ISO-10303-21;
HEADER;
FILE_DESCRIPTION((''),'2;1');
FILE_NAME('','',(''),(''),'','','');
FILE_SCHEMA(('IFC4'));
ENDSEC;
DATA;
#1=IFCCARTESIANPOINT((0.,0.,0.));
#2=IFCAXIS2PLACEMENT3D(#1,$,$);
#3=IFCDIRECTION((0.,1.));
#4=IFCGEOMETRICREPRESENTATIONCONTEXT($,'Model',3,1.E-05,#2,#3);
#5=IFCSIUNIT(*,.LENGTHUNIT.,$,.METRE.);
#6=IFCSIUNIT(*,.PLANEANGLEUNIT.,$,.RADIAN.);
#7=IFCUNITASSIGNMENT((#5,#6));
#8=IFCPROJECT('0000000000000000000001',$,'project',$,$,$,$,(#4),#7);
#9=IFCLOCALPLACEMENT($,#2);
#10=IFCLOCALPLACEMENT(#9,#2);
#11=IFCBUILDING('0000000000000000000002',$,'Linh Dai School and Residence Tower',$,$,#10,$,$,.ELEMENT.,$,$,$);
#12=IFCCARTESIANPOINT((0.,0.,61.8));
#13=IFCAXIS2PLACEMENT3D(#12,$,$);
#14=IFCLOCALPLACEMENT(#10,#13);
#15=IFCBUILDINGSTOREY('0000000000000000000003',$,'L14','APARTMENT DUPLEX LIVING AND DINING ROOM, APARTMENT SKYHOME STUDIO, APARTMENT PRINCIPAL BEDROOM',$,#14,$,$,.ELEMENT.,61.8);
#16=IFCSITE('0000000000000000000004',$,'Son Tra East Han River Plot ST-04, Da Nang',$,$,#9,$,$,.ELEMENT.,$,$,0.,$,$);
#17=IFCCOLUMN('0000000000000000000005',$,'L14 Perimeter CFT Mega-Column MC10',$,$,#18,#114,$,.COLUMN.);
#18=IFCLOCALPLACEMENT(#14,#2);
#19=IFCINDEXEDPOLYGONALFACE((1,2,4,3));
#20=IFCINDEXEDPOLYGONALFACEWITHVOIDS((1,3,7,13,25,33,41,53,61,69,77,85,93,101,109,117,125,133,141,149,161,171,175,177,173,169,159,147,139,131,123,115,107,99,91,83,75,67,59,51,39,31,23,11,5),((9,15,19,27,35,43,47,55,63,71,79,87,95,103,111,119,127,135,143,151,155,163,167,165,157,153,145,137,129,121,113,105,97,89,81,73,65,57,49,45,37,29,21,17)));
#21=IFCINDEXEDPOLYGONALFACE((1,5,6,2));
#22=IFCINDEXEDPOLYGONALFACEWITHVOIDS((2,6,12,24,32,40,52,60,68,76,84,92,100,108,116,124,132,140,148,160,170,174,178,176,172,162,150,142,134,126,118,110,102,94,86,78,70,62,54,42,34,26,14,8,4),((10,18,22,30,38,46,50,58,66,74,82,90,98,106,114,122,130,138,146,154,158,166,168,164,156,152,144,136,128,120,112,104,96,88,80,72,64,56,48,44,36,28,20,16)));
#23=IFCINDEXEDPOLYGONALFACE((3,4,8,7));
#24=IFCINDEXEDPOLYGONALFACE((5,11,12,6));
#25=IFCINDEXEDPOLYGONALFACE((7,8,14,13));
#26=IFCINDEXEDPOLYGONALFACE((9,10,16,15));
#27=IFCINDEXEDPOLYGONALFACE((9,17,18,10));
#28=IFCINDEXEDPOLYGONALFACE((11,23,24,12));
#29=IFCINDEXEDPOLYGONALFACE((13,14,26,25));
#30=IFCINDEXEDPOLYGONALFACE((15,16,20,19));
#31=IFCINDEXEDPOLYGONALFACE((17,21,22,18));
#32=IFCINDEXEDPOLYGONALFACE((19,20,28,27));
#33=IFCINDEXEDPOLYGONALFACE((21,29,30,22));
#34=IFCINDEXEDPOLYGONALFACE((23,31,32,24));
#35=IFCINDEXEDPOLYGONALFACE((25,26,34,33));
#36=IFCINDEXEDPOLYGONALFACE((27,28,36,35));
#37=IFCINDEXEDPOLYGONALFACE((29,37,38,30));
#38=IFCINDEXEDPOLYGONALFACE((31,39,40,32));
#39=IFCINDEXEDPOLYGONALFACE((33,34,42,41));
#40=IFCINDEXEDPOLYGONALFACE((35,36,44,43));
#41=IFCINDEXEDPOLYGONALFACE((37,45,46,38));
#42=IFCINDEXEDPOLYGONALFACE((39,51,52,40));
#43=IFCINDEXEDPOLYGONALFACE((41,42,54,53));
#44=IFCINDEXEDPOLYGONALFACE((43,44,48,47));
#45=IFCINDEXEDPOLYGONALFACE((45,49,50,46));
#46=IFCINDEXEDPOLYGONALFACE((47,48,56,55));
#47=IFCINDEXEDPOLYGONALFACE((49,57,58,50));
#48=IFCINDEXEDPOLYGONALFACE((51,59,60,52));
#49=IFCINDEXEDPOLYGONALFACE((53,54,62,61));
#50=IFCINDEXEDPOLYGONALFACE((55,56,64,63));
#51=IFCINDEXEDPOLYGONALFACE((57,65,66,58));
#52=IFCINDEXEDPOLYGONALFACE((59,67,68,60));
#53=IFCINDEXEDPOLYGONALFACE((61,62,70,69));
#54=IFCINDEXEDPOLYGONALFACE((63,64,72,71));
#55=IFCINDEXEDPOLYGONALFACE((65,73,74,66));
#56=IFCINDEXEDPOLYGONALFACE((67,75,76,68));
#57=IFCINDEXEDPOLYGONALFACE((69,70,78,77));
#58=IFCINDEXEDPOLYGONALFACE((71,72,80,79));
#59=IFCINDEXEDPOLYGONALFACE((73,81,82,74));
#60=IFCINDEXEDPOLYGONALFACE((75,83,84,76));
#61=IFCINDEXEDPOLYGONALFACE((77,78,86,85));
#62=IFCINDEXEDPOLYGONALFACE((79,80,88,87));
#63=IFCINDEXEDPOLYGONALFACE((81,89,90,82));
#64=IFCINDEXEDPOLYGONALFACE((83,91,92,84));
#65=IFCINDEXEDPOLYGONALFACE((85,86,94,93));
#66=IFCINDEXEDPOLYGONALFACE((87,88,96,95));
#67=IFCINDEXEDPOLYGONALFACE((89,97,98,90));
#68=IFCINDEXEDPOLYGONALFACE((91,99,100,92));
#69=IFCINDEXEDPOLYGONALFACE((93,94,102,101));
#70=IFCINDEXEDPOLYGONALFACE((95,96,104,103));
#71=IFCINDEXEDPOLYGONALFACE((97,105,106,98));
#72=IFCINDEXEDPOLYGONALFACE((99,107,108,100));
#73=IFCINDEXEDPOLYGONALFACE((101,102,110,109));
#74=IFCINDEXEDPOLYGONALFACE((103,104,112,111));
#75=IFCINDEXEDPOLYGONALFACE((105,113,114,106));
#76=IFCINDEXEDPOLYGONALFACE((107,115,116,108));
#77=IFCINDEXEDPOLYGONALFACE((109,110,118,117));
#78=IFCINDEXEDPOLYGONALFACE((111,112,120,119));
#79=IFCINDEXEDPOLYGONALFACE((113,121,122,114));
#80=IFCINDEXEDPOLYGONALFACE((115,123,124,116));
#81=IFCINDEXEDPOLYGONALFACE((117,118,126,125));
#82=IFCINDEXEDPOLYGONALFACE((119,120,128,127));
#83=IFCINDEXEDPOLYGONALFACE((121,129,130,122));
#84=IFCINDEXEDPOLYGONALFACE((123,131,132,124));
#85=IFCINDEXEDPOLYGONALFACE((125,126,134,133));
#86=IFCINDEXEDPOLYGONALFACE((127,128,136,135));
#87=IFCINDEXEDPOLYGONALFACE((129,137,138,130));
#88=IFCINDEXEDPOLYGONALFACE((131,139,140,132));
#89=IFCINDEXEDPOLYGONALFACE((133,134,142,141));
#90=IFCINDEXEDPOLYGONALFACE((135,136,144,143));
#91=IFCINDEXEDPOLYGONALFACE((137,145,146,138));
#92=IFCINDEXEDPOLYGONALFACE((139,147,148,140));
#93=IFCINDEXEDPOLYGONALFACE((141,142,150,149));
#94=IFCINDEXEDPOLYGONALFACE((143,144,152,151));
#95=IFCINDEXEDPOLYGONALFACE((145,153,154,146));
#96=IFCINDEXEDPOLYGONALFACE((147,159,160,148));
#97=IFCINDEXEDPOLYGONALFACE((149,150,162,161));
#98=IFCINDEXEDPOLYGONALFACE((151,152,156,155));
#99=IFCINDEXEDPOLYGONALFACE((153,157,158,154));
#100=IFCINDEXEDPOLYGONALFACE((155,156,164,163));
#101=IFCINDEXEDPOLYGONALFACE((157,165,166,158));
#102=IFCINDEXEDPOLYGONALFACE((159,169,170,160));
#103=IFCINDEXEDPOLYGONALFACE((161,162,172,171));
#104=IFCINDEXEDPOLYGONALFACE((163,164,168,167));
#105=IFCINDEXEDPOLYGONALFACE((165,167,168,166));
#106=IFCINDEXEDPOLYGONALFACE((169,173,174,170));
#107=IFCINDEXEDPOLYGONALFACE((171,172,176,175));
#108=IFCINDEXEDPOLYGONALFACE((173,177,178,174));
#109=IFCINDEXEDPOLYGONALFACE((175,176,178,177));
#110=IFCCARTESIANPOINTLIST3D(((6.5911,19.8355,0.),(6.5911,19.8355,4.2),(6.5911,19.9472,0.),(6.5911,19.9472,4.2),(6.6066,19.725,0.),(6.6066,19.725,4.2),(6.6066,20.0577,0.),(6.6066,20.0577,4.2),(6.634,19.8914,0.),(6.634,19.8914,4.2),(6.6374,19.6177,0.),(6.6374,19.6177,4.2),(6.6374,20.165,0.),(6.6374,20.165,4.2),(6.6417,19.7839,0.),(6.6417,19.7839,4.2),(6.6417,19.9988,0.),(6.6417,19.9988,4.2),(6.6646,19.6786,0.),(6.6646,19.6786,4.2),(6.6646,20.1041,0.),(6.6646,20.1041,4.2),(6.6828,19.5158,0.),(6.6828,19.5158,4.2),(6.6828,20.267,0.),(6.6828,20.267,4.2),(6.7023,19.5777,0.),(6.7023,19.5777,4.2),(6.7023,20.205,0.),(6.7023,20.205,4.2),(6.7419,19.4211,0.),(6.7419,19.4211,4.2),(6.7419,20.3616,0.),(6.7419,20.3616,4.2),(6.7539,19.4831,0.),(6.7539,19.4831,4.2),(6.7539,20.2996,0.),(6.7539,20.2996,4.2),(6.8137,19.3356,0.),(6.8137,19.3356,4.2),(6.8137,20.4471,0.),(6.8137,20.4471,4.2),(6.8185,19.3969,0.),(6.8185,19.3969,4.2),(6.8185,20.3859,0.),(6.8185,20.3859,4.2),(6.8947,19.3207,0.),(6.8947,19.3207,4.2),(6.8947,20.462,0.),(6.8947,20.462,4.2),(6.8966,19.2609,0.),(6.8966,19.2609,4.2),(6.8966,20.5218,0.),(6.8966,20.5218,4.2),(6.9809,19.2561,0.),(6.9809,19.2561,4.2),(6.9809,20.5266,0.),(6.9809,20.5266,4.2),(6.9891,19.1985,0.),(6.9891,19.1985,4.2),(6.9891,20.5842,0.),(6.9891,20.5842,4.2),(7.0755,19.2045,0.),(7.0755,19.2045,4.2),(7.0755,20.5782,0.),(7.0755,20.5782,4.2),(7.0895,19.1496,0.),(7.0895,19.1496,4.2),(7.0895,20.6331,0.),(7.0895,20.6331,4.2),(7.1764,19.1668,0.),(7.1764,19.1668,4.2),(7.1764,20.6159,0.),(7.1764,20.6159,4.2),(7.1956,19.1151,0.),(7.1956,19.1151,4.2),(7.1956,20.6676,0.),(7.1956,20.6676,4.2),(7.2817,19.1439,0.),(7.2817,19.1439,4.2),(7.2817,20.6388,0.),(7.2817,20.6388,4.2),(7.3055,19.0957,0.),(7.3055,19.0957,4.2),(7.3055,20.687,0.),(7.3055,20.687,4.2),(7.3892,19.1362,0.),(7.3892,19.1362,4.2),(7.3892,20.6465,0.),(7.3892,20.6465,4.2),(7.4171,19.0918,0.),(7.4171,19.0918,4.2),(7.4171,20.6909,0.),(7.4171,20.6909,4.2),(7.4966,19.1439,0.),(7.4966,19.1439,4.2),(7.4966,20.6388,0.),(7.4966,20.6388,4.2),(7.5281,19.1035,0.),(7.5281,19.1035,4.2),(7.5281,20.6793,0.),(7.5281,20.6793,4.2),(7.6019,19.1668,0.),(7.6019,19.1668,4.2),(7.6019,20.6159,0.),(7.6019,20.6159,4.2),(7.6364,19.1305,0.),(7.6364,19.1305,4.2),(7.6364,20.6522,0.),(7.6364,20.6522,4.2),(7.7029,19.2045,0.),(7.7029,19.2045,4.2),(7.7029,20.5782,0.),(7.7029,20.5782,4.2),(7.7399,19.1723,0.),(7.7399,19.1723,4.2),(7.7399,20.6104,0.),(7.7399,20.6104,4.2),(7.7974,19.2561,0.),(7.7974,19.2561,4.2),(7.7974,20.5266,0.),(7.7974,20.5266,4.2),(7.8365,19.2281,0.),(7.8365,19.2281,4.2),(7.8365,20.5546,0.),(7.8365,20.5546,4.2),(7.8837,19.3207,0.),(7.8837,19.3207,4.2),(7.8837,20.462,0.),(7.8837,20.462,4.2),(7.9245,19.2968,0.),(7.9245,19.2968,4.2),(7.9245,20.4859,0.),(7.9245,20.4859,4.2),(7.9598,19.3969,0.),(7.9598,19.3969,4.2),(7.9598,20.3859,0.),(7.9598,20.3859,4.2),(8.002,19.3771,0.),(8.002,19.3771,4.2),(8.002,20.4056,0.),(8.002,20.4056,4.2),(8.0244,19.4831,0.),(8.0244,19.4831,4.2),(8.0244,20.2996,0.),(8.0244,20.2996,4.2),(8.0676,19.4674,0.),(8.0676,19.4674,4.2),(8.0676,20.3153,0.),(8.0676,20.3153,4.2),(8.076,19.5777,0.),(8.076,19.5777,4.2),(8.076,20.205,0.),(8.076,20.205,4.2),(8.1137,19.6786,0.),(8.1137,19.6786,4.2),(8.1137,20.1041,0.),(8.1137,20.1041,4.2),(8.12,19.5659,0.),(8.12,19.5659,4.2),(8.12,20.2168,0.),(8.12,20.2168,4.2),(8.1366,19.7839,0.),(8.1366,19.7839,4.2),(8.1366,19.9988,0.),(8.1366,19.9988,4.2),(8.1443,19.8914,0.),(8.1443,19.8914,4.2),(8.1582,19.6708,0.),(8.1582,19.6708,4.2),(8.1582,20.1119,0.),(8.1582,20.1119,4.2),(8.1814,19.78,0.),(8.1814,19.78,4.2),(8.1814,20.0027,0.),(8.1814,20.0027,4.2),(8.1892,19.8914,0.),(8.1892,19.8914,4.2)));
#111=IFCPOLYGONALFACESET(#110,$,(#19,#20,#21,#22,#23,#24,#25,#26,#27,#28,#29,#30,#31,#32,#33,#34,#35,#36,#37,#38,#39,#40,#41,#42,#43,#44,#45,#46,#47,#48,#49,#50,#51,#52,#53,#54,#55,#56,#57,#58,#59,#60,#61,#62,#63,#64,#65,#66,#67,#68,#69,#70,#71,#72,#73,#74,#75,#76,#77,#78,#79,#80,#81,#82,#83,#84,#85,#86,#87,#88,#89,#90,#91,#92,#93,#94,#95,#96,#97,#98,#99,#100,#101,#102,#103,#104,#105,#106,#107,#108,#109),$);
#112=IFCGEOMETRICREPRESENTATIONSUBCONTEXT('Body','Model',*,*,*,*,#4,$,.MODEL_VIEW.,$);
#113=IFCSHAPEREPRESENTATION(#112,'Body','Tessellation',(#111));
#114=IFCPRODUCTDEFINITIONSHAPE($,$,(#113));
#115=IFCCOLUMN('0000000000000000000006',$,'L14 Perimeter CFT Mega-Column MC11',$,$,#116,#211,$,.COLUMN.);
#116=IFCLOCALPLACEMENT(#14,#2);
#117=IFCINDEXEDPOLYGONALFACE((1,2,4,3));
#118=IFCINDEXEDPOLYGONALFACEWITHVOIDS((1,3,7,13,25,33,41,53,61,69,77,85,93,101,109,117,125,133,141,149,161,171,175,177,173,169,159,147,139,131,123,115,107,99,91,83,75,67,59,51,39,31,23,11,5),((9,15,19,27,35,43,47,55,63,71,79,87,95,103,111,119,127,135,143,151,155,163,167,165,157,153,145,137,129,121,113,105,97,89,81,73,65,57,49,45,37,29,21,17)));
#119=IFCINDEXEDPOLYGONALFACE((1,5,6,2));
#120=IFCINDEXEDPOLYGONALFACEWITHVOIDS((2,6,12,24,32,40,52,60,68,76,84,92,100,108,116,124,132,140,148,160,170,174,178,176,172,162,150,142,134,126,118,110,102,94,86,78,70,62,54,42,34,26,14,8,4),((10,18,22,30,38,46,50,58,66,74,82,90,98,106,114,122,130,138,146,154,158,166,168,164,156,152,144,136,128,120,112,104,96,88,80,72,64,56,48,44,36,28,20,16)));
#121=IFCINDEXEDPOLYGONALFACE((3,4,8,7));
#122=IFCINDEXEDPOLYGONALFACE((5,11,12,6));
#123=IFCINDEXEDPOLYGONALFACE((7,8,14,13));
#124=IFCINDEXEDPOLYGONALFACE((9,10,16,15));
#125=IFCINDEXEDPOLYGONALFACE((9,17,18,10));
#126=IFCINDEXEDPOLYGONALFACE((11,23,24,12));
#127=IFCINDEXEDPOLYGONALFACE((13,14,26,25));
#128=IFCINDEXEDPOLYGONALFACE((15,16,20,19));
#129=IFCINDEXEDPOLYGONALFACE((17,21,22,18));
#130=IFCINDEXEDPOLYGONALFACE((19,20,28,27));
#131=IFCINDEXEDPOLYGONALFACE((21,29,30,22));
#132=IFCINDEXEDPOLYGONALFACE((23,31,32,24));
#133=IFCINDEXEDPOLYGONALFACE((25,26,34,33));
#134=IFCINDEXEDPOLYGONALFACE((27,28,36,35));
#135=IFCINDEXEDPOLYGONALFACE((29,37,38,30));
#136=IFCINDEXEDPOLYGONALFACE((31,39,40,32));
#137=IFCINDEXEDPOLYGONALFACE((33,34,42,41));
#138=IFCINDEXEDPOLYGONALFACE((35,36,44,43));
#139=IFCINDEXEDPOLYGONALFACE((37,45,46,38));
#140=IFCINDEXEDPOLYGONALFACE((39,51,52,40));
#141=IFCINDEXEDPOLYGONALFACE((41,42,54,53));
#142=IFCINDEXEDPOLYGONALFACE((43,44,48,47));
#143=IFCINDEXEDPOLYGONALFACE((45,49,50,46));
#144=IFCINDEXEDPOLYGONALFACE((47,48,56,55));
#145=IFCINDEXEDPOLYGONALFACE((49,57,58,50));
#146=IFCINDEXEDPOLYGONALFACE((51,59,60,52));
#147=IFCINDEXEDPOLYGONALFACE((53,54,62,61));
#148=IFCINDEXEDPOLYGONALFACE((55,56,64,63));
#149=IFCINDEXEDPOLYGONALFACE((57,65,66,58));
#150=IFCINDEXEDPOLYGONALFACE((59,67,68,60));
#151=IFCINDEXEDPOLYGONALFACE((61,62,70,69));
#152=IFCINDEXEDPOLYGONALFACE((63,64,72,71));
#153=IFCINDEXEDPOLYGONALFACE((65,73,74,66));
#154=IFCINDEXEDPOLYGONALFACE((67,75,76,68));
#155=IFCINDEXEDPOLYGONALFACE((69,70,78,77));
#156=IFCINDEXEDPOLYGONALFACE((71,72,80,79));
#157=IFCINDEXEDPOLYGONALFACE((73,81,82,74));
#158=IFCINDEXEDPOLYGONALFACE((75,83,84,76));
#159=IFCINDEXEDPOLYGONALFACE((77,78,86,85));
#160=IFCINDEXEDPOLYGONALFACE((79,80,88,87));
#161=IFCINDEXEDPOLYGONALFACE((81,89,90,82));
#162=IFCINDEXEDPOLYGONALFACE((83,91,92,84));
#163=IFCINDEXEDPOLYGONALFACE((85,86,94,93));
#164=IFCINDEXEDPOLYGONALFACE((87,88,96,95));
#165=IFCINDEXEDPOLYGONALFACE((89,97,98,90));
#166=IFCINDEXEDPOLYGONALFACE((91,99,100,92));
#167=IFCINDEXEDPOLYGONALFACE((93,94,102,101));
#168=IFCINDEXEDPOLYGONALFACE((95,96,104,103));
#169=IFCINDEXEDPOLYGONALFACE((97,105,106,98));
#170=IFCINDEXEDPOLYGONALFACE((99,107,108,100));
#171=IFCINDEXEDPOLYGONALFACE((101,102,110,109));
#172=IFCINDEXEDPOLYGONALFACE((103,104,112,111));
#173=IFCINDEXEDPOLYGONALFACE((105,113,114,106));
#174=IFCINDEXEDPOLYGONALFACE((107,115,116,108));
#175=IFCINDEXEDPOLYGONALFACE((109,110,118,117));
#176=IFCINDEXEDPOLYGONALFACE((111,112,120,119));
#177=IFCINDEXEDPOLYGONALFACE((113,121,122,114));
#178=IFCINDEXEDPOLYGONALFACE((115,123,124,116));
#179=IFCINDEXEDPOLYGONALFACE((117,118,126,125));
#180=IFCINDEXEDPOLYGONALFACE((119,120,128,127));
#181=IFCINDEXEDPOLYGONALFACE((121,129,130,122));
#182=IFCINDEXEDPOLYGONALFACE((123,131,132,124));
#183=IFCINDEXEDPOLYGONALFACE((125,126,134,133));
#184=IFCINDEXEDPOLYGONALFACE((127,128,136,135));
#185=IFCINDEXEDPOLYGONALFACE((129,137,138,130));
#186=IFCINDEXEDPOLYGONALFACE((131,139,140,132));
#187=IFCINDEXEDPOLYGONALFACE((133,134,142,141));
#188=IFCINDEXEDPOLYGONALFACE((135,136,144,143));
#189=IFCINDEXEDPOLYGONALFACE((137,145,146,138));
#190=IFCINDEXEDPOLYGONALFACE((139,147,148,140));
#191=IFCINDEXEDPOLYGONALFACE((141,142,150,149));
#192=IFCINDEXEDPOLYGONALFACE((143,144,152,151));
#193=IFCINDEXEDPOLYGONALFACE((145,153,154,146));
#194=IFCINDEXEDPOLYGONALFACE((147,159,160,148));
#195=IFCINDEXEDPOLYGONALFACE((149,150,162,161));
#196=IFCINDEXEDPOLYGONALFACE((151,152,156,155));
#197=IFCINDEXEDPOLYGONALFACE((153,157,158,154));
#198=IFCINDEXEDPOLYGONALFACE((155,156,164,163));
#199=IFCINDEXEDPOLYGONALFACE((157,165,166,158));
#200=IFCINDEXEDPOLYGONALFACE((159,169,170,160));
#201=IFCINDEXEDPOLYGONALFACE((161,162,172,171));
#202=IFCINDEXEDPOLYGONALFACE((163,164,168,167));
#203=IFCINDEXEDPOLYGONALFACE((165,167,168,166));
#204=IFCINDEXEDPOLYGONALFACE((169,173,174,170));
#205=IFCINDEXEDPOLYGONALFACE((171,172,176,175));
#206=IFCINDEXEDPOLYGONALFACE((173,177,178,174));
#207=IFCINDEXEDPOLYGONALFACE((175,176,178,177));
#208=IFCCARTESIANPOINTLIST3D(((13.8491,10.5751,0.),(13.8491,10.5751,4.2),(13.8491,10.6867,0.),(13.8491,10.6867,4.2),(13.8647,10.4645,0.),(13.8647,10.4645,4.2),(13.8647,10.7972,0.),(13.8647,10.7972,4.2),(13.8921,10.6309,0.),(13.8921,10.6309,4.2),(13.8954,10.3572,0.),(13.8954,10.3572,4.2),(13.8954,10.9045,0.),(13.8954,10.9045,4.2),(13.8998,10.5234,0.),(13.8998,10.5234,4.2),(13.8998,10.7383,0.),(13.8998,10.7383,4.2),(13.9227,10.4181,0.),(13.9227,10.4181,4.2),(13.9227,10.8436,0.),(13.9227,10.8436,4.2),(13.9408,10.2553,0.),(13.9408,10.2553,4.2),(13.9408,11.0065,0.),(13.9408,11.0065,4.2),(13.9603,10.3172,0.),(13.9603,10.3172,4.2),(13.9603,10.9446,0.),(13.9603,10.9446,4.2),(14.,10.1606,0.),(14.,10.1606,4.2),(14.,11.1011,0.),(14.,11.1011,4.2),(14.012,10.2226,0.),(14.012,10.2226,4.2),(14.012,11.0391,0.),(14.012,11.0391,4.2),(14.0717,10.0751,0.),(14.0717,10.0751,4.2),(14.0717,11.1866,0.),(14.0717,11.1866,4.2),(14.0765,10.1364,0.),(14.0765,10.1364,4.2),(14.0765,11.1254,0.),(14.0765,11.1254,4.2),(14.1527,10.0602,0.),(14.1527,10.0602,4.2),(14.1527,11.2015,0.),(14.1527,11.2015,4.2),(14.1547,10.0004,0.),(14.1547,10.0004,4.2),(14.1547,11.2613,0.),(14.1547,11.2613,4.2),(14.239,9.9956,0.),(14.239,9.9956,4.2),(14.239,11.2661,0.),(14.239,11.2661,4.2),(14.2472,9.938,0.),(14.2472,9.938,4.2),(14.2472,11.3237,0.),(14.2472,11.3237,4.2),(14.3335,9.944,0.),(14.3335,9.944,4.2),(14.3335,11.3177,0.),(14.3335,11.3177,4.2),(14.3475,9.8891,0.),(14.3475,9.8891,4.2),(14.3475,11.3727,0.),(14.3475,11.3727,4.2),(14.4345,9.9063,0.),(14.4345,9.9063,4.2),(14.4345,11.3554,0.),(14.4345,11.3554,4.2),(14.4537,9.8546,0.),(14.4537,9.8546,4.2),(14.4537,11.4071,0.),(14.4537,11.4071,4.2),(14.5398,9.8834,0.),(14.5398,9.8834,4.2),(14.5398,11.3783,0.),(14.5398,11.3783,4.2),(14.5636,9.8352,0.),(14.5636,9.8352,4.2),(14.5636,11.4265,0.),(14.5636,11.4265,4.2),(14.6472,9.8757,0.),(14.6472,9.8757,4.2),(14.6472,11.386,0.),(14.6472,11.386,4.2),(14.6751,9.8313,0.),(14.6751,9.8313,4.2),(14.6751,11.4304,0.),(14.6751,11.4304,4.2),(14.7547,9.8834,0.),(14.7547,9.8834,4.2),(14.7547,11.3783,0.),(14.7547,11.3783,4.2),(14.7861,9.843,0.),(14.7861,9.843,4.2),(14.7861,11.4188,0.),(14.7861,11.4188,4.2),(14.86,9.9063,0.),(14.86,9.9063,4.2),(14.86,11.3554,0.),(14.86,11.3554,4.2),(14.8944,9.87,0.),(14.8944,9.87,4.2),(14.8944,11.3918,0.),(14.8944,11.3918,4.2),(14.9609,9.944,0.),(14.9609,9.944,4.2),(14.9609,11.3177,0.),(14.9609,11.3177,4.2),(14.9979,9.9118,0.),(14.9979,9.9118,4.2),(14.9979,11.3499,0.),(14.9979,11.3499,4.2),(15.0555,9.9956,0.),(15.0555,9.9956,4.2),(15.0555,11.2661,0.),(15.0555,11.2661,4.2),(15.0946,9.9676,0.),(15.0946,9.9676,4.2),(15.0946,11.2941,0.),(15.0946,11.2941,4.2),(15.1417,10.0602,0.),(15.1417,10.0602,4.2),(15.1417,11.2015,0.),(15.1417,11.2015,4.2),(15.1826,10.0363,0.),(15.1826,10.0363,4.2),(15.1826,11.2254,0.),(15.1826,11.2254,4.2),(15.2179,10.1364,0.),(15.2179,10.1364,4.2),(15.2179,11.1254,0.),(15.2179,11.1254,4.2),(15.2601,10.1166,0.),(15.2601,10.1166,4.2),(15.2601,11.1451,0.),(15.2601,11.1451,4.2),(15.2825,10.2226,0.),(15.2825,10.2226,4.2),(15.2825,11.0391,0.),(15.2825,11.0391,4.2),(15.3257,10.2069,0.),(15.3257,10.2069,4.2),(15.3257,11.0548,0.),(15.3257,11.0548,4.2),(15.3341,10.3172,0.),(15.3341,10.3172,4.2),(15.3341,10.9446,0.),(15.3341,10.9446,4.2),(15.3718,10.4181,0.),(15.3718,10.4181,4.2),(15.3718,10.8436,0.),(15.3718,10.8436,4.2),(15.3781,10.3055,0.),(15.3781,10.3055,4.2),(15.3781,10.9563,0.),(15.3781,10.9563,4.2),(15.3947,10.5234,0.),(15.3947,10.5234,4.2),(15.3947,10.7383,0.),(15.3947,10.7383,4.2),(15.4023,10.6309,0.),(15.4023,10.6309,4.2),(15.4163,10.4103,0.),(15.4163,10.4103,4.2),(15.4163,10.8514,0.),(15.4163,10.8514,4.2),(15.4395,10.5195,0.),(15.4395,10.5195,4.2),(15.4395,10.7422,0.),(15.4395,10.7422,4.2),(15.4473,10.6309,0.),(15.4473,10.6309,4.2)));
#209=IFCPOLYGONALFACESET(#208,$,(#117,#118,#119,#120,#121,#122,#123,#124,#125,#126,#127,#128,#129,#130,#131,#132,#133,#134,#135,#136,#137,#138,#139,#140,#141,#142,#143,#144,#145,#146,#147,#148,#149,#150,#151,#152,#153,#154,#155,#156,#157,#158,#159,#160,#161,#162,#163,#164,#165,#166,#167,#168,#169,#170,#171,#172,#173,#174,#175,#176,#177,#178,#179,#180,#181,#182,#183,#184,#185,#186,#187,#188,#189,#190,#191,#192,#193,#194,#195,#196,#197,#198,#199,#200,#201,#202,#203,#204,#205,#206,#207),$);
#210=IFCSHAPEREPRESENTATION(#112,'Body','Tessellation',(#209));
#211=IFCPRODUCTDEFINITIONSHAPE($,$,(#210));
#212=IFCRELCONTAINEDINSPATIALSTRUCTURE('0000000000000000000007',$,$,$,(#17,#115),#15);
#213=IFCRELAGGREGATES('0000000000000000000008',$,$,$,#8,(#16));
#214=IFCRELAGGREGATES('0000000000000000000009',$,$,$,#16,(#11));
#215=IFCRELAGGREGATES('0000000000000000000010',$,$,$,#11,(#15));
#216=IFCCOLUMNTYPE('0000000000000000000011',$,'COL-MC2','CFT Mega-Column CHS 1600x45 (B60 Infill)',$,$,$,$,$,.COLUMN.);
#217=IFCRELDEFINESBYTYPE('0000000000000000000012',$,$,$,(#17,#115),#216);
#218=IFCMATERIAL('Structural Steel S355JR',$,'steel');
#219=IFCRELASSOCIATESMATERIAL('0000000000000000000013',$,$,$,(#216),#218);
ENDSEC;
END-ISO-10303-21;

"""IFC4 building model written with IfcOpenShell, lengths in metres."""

from ifc_helpers import new_model, si_unit, direction, frame, origin, origin_2d, place, context, subcontext, project, spatial, hollow_circle, extrude, material, material_profile, profile_set, type_object, element, save


model = new_model("IFC4")

# Units and contexts
model_context = context("Model", 3, precision=1e-05, world=origin(), true_north=direction((0.0, 1.0)))
body_context = subcontext(model_context, "Body", "Model", "MODEL_VIEW")
ifc_project = project(units=[si_unit("LENGTHUNIT", "METRE"), si_unit("PLANEANGLEUNIT", "RADIAN")], contexts=[model_context])

# Site, building, storey
site_placement = place(None, origin())
site = spatial("IfcSite", under=ifc_project, at=site_placement, Name="Son Tra East Han River Plot ST-04, Da Nang", CompositionType="ELEMENT", RefElevation=0.0)
building_placement = place(site_placement, origin())
building = spatial("IfcBuilding", under=site, at=building_placement, Name="Linh Dai School and Residence Tower", CompositionType="ELEMENT")
storey_placement = place(building_placement, frame((0.0, 0.0, 61.8)))
storey = spatial("IfcBuildingStorey", under=building, at=storey_placement, Name="L14", Description="APARTMENT DUPLEX LIVING AND DINING ROOM, APARTMENT SKYHOME STUDIO, APARTMENT PRINCIPAL BEDROOM", CompositionType="ELEMENT", Elevation=61.8)

# Columns
ifc_material_1 = material(Name="Structural Steel S355JR", Category="steel")
ifc_material_profile_1 = material_profile(ifc_material_1, hollow_circle(Radius=0.8, WallThickness=0.0449, at=origin_2d()), Name="CHS 1600x45")
ifc_profile_set_1 = profile_set([ifc_material_profile_1], Name="Structural Steel S355JR")
column_type = type_object("IfcColumnType", Name="COL-MC2", Description="CFT Mega-Column CHS 1600x45 (B60 Infill)", PredefinedType="COLUMN", material=ifc_profile_set_1)
for number, where, z_axis, x_axis, name in (
    (1, (7.3892, 19.8914, 0.0), (0.0, 0.0, 1.0), (1.0, 0.0, 0.0), "L14 Perimeter CFT Mega-Column MC10"),
    (2, (14.6472, 10.6309, 0.0), (0.0, 0.0, 1.0), (1.0, 0.0, 0.0), "L14 Perimeter CFT Mega-Column MC11"),
):
    element("IfcColumn", number, at=place(storey_placement, frame(where, z_axis=z_axis, x_axis=x_axis)), inside=storey, type_object=column_type, Name=name, PredefinedType="COLUMN", context=body_context, shape_type="SweptSolid", body=[
        extrude(hollow_circle(Radius=0.8, WallThickness=0.0449, at=origin_2d()), origin(), (0.0, 0.0, 1.0), 4.2),
    ])

save(model, "model.ifc")
